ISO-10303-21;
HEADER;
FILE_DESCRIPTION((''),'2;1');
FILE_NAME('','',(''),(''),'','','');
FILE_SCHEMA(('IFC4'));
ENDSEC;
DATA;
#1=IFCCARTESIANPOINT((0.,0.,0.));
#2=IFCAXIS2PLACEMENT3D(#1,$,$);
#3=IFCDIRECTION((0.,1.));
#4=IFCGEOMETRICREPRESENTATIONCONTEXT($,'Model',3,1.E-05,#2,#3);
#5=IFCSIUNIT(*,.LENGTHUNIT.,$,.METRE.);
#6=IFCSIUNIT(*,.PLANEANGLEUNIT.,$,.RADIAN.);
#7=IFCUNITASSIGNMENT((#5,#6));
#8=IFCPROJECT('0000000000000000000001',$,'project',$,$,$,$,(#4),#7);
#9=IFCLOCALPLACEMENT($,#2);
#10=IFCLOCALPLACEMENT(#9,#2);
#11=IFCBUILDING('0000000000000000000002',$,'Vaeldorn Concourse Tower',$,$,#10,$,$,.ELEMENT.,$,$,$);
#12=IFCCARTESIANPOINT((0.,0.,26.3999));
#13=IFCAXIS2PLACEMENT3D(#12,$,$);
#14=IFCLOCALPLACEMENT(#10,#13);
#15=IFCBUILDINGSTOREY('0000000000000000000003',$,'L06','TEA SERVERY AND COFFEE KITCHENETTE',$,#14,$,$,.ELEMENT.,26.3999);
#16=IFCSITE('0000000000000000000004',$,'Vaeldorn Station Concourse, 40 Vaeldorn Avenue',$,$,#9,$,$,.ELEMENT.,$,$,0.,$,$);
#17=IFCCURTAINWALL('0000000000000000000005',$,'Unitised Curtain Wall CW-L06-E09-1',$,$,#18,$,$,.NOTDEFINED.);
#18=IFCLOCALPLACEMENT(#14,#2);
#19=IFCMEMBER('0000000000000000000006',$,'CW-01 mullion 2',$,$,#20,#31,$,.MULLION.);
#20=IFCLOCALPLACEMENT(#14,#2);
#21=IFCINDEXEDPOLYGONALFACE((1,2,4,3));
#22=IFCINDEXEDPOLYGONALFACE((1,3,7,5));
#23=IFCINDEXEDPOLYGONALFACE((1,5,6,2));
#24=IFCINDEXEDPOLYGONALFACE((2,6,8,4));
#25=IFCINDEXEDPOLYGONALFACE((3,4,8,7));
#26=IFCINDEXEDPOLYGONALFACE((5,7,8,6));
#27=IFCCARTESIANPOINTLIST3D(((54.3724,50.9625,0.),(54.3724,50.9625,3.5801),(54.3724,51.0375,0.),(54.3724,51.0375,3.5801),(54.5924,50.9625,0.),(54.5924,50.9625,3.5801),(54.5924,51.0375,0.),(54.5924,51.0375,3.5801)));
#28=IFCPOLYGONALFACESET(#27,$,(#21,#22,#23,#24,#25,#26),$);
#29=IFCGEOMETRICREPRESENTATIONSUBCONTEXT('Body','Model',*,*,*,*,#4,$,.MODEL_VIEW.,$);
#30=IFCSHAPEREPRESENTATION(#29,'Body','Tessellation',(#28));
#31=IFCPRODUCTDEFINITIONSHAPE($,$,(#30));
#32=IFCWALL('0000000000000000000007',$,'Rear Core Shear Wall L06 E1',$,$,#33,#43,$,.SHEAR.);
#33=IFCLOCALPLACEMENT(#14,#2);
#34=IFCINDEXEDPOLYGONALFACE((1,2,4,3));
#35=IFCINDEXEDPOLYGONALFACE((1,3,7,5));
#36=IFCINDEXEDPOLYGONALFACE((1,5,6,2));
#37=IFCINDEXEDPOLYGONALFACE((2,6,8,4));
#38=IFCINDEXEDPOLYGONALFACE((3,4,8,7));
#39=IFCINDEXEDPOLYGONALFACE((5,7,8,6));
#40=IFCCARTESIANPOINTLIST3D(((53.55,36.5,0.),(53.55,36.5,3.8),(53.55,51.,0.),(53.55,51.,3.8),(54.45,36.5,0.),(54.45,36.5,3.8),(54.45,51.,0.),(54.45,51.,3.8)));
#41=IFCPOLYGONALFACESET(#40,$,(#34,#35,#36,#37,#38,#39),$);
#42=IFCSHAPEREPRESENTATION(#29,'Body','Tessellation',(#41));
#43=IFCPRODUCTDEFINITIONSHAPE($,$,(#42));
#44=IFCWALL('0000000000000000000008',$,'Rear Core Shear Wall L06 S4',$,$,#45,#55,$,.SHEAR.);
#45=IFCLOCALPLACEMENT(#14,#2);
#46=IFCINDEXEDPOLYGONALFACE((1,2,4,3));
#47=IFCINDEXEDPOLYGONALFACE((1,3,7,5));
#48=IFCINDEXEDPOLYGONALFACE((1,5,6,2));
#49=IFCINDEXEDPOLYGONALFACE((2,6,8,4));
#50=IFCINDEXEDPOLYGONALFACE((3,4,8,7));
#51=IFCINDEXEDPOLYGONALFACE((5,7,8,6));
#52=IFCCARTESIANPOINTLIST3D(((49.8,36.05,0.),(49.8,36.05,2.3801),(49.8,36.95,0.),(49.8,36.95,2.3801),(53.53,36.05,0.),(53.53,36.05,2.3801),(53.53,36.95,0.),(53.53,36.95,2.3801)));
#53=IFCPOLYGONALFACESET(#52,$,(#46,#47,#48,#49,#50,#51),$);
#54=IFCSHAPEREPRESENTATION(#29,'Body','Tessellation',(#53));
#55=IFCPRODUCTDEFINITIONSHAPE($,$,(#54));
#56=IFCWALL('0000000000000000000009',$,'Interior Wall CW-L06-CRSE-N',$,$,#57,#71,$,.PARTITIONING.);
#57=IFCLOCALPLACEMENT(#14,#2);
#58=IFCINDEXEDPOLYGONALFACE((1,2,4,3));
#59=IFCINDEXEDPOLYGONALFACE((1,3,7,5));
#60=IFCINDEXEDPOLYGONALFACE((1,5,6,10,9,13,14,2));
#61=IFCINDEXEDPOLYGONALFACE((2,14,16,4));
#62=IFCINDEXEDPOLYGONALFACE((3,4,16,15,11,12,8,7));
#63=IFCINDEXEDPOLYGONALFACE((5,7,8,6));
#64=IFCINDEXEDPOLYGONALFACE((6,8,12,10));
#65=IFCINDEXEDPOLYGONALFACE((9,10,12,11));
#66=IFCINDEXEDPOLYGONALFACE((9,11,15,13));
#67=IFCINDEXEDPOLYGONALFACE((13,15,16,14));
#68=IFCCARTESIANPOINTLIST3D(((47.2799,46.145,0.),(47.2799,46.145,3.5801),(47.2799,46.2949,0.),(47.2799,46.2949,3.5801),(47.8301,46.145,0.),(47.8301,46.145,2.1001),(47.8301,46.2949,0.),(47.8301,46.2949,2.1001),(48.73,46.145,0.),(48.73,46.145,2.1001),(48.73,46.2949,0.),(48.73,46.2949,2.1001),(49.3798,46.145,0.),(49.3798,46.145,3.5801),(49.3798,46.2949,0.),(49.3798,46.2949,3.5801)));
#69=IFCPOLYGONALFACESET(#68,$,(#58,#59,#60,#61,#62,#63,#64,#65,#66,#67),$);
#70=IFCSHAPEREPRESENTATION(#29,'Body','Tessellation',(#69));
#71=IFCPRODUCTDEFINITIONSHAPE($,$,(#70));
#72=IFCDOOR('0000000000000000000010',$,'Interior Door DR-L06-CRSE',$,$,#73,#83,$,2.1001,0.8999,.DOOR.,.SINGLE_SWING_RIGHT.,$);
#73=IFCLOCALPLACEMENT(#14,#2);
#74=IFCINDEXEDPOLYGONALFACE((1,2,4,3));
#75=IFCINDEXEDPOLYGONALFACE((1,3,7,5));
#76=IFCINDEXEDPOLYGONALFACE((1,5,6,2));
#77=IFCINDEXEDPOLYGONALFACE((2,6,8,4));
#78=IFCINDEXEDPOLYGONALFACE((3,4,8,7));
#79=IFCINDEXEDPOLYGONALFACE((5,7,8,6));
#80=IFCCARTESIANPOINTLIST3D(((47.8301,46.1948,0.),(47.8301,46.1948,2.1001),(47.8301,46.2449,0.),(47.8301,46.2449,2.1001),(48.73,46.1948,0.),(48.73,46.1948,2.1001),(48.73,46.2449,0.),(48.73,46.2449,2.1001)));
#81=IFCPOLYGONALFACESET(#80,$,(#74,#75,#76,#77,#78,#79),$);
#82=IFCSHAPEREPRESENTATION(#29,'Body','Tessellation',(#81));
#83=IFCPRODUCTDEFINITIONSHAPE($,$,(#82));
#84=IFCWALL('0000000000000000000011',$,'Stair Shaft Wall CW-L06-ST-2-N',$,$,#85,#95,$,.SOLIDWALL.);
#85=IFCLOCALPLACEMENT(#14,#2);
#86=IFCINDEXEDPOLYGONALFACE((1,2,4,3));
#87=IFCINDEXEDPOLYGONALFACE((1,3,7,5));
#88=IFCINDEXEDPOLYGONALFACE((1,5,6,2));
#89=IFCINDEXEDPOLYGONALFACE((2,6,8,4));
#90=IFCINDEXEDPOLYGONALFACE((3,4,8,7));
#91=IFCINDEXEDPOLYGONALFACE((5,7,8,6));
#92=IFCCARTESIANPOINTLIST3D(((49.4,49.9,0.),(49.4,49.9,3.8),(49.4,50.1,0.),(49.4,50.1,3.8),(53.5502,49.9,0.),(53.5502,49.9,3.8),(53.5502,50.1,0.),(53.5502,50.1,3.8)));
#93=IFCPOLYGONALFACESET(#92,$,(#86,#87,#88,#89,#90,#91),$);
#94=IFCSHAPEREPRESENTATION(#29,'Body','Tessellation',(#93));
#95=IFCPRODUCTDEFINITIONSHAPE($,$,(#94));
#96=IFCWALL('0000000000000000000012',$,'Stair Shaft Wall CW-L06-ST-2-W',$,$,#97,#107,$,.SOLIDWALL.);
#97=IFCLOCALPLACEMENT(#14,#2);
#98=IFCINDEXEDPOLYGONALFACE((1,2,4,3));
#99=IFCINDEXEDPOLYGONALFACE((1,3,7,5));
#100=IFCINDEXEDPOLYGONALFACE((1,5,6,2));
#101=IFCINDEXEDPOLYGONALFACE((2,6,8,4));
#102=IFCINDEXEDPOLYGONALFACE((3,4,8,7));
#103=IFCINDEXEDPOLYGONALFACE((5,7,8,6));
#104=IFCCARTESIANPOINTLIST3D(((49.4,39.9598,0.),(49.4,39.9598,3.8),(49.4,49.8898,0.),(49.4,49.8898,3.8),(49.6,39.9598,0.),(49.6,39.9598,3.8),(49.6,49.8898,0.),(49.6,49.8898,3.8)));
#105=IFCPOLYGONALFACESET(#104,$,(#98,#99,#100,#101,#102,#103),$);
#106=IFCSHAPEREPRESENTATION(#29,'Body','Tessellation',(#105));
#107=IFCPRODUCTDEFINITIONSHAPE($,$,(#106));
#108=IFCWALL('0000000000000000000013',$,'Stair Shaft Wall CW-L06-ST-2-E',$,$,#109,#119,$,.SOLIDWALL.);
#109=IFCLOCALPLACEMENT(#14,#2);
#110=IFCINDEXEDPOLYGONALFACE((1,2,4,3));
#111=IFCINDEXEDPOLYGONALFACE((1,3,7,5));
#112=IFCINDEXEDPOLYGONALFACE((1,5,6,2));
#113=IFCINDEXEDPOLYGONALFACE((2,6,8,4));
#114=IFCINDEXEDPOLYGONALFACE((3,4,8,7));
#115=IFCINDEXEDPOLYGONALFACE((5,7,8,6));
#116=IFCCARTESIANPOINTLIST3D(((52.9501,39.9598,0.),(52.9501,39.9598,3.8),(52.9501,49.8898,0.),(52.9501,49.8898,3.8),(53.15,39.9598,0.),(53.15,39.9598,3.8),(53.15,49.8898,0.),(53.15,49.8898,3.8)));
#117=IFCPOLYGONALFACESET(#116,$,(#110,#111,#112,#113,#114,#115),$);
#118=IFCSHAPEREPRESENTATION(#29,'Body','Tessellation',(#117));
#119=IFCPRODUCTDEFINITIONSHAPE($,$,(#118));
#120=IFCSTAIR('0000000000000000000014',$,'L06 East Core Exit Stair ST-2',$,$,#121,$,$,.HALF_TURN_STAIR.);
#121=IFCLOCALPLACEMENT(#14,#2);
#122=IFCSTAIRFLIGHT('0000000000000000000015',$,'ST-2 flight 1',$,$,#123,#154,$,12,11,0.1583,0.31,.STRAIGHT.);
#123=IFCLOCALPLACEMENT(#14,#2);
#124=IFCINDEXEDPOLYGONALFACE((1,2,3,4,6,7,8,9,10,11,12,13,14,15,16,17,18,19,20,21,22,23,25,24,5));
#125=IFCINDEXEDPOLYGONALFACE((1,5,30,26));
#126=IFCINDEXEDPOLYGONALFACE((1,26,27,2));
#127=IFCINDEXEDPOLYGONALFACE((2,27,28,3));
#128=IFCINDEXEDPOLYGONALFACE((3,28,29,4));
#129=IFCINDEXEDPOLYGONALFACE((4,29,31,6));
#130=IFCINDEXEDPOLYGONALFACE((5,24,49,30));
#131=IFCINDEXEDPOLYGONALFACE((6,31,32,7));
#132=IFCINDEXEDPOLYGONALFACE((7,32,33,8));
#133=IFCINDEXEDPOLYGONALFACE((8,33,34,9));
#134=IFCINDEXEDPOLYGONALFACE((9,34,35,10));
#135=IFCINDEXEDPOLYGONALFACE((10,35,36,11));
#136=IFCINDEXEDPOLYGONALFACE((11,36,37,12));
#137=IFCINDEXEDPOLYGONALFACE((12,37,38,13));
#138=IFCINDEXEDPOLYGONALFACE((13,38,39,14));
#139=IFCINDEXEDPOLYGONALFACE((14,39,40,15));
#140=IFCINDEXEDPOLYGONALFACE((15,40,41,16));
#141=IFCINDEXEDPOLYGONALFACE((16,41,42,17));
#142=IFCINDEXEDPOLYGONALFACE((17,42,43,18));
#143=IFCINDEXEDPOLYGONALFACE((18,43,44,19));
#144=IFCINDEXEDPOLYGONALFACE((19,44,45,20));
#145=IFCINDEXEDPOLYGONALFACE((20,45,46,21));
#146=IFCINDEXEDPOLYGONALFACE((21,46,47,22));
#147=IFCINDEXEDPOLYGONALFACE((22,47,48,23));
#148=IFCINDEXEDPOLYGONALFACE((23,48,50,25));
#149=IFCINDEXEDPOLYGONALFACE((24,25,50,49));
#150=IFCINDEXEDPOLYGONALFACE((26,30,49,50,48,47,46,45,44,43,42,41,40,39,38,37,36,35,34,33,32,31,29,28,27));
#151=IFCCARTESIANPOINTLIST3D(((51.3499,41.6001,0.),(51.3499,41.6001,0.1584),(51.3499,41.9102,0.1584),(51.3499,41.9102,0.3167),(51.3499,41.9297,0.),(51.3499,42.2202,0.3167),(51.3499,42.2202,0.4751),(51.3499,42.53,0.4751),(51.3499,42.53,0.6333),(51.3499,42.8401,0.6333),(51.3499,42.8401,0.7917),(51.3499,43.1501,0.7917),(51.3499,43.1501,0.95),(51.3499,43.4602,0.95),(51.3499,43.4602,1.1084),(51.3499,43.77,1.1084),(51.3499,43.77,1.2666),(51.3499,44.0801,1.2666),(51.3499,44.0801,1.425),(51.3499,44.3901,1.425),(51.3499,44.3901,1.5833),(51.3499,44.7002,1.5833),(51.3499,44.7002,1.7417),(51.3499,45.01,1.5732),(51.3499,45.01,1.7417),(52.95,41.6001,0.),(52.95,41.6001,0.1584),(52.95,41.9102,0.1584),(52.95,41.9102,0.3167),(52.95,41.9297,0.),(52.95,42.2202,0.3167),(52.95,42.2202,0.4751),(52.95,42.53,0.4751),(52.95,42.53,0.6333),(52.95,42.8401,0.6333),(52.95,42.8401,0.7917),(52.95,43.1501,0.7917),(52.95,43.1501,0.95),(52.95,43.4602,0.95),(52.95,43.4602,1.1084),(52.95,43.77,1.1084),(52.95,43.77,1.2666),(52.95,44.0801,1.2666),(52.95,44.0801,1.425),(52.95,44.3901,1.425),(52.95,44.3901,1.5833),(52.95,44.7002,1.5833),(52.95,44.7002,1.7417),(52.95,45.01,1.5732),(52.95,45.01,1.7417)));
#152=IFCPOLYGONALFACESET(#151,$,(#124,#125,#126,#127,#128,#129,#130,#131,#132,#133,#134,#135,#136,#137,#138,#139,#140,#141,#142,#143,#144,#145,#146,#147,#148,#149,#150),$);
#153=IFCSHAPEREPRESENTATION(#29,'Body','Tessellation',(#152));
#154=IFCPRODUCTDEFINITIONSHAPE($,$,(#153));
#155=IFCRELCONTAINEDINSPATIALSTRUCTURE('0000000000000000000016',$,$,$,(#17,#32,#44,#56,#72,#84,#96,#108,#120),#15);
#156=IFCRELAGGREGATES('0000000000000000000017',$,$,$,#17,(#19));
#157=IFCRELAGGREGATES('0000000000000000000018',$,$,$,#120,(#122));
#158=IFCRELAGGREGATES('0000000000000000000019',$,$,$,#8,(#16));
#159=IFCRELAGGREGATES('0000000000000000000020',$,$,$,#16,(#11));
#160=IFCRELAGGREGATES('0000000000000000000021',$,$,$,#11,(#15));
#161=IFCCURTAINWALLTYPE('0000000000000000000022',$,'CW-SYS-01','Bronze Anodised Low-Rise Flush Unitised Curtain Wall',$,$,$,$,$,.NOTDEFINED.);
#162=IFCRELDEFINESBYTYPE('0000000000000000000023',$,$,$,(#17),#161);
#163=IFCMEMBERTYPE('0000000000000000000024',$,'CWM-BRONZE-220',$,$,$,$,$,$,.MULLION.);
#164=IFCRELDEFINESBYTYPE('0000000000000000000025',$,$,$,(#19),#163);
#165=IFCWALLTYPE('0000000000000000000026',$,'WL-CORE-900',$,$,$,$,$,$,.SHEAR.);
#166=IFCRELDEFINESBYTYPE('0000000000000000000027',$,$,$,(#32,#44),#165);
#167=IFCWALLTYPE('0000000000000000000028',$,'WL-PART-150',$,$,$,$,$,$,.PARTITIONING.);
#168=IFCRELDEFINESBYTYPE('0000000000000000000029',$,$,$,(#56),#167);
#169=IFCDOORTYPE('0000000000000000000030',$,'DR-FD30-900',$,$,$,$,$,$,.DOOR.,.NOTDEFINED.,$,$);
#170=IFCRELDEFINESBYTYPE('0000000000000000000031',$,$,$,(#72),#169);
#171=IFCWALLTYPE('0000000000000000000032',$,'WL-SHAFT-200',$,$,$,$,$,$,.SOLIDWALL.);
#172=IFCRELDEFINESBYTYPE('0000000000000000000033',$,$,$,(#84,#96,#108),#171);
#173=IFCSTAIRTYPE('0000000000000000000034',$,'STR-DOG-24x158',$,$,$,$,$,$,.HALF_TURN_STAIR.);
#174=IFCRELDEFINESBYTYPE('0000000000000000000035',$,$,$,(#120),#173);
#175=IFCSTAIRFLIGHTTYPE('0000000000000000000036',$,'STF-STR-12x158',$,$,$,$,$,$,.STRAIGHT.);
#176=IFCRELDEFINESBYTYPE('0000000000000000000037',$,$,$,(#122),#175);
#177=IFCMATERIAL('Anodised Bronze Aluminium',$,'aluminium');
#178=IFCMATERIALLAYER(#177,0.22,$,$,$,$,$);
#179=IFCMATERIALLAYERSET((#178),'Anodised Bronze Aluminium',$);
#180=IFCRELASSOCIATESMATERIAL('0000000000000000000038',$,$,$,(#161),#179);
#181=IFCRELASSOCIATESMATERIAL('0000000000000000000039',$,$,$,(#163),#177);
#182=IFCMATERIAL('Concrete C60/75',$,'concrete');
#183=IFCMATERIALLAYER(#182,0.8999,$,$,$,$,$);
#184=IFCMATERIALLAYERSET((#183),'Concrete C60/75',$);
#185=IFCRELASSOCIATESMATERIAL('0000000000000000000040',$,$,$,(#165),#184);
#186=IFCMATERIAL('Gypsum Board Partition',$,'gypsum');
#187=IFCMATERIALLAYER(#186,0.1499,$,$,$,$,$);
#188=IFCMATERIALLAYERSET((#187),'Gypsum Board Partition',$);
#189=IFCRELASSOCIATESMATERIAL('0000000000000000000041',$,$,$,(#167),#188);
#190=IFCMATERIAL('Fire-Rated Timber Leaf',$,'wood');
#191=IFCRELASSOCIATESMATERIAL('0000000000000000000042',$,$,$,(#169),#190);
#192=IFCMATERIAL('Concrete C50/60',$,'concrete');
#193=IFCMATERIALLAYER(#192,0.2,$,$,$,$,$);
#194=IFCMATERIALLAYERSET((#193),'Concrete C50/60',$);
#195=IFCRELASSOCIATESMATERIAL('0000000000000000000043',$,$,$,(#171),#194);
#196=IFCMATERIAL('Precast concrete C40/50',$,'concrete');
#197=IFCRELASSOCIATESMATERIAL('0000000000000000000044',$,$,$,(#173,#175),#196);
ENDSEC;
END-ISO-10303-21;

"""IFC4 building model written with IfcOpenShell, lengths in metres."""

from ifc_helpers import new_model, si_unit, direction, frame, frame_2d, origin, origin_2d, place, context, subcontext, project, spatial, polyline, rectangle, outline, extrude, source, transform, mapped, material, layer, layer_set, material_profile, profile_set, type_object, element, fill, aggregate, save


model = new_model("IFC4")

# Units and contexts
model_context = context("Model", 3, precision=1e-05, world=origin(), true_north=direction((0.0, 1.0)))
body_context = subcontext(model_context, "Body", "Model", "MODEL_VIEW")
ifc_project = project(units=[si_unit("LENGTHUNIT", "METRE"), si_unit("PLANEANGLEUNIT", "RADIAN")], contexts=[model_context])

# Site, building, storey
site_placement = place(None, origin())
site = spatial("IfcSite", under=ifc_project, at=site_placement, Name="Vaeldorn Station Concourse, 40 Vaeldorn Avenue", CompositionType="ELEMENT", RefElevation=0.0)
building_placement = place(site_placement, origin())
building = spatial("IfcBuilding", under=site, at=building_placement, Name="Vaeldorn Concourse Tower", CompositionType="ELEMENT")
storey_placement = place(building_placement, frame((0.0, 0.0, 26.3999)))
storey = spatial("IfcBuildingStorey", under=building, at=storey_placement, Name="L06", Description="TEA SERVERY AND COFFEE KITCHENETTE", CompositionType="ELEMENT", Elevation=26.3999)

# Shared definitions
ifc_material_1 = material(Name="Concrete C60/75", Category="concrete")

# Curtain wall, member
ifc_material_2 = material(Name="Anodised Bronze Aluminium", Category="aluminium")
ifc_layer_1 = layer(ifc_material_2, 0.22)
ifc_layer_set_1 = layer_set([ifc_layer_1], Name="Anodised Bronze Aluminium")
curtain_wall_type = type_object("IfcCurtainWallType", Name="CW-SYS-01", Description="Bronze Anodised Low-Rise Flush Unitised Curtain Wall", PredefinedType="NOTDEFINED", material=ifc_layer_set_1)
curtain_wall_placement = place(storey_placement, origin())
curtain_wall = element("IfcCurtainWall", 1, at=curtain_wall_placement, inside=storey, type_object=curtain_wall_type, Name="Unitised Curtain Wall CW-L06-E09-1", PredefinedType="NOTDEFINED")
ifc_material_profile_1 = material_profile(ifc_material_2, rectangle(XDim=0.075, YDim=0.22, at=origin_2d()), Name="CWM 75x220")
ifc_profile_set_1 = profile_set([ifc_material_profile_1], Name="Anodised Bronze Aluminium")
member_type = type_object("IfcMemberType", Name="CWM-BRONZE-220", PredefinedType="MULLION", material=ifc_profile_set_1)
shared_shape_1 = source(origin(), body_context, "Body", "SweptSolid", [
    extrude(rectangle(XDim=0.075, YDim=0.22, at=origin_2d()), origin(), (0.0, 0.0, 1.0), 3.5801),
])
member_placement = place(storey_placement, frame((54.4824, 51.0, 0.0), z_axis=(0.0, 0.0, 1.0), x_axis=(0.0, -1.0, 0.0)))
member = element("IfcMember", 2, at=member_placement, type_object=member_type, Name="CW-01 mullion 2", PredefinedType="MULLION", context=body_context, shape_type="MappedRepresentation", body=[
    mapped(shared_shape_1, transform((0.0, 0.0, 0.0), scale=1.0)),
])
aggregate(curtain_wall, [member])

# Walls
ifc_layer_2 = layer(ifc_material_1, 0.8999)
ifc_layer_set_2 = layer_set([ifc_layer_2], Name="Concrete C60/75")
wall_type_1 = type_object("IfcWallType", Name="WL-CORE-900", PredefinedType="SHEAR", material=ifc_layer_set_2)
wall_1_placement = place(storey_placement, frame((54.0, 36.5, 0.0), z_axis=(0.0, 0.0, 1.0), x_axis=(0.0, 1.0, 0.0)))
element("IfcWall", 3, at=wall_1_placement, inside=storey, type_object=wall_type_1, Name="Rear Core Shear Wall L06 E1", PredefinedType="SHEAR", context=body_context, shape_type="SweptSolid", body=[
    extrude(rectangle(XDim=14.5, YDim=0.8999, at=frame_2d((7.25, 0.0))), origin(), (0.0, 0.0, 1.0), 3.8),
])
wall_2_placement = place(storey_placement, frame((49.8, 36.5, 0.0), z_axis=(0.0, 0.0, 1.0), x_axis=(1.0, 0.0, 0.0)))
element("IfcWall", 4, at=wall_2_placement, inside=storey, type_object=wall_type_1, Name="Rear Core Shear Wall L06 S4", PredefinedType="SHEAR", context=body_context, shape_type="SweptSolid", body=[
    extrude(rectangle(XDim=3.73, YDim=0.8999, at=frame_2d((1.865, 0.0))), origin(), (0.0, 0.0, 1.0), 2.3801),
])

# Wall, opening, door
ifc_material_3 = material(Name="Gypsum Board Partition", Category="gypsum")
ifc_layer_3 = layer(ifc_material_3, 0.1499)
ifc_layer_set_3 = layer_set([ifc_layer_3], Name="Gypsum Board Partition")
wall_type_2 = type_object("IfcWallType", Name="WL-PART-150", PredefinedType="PARTITIONING", material=ifc_layer_set_3)
wall_3_placement = place(storey_placement, frame((47.28, 46.22, 0.0), z_axis=(0.0, 0.0, 1.0), x_axis=(1.0, 0.0, 0.0)))
wall_3 = element("IfcWall", 5, at=wall_3_placement, inside=storey, type_object=wall_type_2, Name="Interior Wall CW-L06-CRSE-N", PredefinedType="PARTITIONING", context=body_context, shape_type="SweptSolid", body=[
    extrude(rectangle(XDim=2.0999, YDim=0.1499, at=frame_2d((1.0498, 0.0))), origin(), (0.0, 0.0, 1.0), 3.5801),
])
opening_1_placement = place(wall_3_placement, frame((0.55, 0.0, 0.0)))
opening_1 = element("IfcOpeningElement", 6, at=opening_1_placement, cuts=wall_3, PredefinedType="OPENING", context=body_context, shape_type="SweptSolid", body=[
    extrude(rectangle(XDim=0.8999, YDim=2.1001, at=frame_2d((0.45, 1.05))), frame((0.0, 0.085, 0.0), z_axis=(0.0, -1.0, 0.0), x_axis=(1.0, 0.0, 0.0)), (0.0, 0.0, 1.0), 0.1699),
])
ifc_material_4 = material(Name="Fire-Rated Timber Leaf", Category="wood")
door_type_1 = type_object("IfcDoorType", Name="DR-FD30-900", OperationType="NOTDEFINED", PredefinedType="DOOR", material=ifc_material_4)
shared_shape_2 = source(origin(), body_context, "Body", "SweptSolid", [
    extrude(rectangle(XDim=0.8999, YDim=2.1001, at=frame_2d((0.45, 1.05))), frame((0.0, 0.0249, 0.0), z_axis=(0.0, -1.0, 0.0), x_axis=(1.0, 0.0, 0.0)), (0.0, 0.0, 1.0), 0.05),
])
door_1_placement = place(opening_1_placement, origin())
door_1 = element("IfcDoor", 7, at=door_1_placement, inside=storey, type_object=door_type_1, Name="Interior Door DR-L06-CRSE", OperationType="SINGLE_SWING_RIGHT", OverallHeight=2.1001, OverallWidth=0.8999, PredefinedType="DOOR", context=body_context, shape_type="MappedRepresentation", body=[
    mapped(shared_shape_2, transform((0.0, 0.0, 0.0), scale=1.0)),
])
fill(opening_1, door_1)
ifc_material_5 = material(Name="Concrete C50/60", Category="concrete")
ifc_layer_4 = layer(ifc_material_5, 0.2)
ifc_layer_set_4 = layer_set([ifc_layer_4], Name="Concrete C50/60")
wall_type_3 = type_object("IfcWallType", Name="WL-SHAFT-200", PredefinedType="SOLIDWALL", material=ifc_layer_set_4)

# Walls
wall_4_placement = place(storey_placement, frame((49.3999, 50.0, 0.0), z_axis=(0.0, 0.0, 1.0), x_axis=(1.0, 0.0, 0.0)))
element("IfcWall", 8, at=wall_4_placement, inside=storey, type_object=wall_type_3, Name="Stair Shaft Wall CW-L06-ST-2-N", PredefinedType="SOLIDWALL", context=body_context, shape_type="SweptSolid", body=[
    extrude(rectangle(XDim=4.1501, YDim=0.2, at=frame_2d((2.0752, 0.0))), origin(), (0.0, 0.0, 1.0), 3.8),
])
for number, where, z_axis, x_axis, name in (
    (9, (49.5, 39.96, 0.0), (0.0, 0.0, 1.0), (0.0, 1.0, 0.0), "Stair Shaft Wall CW-L06-ST-2-W"),
    (10, (53.05, 39.96, 0.0), (0.0, 0.0, 1.0), (0.0, 1.0, 0.0), "Stair Shaft Wall CW-L06-ST-2-E"),
):
    element("IfcWall", number, at=place(storey_placement, frame(where, z_axis=z_axis, x_axis=x_axis)), inside=storey, type_object=wall_type_3, Name=name, PredefinedType="SOLIDWALL", context=body_context, shape_type="SweptSolid", body=[
        extrude(rectangle(XDim=9.9299, YDim=0.2, at=frame_2d((4.9648, 0.0))), origin(), (0.0, 0.0, 1.0), 3.8),
    ])

# Stair, stair flight
ifc_material_6 = material(Name="Precast concrete C40/50", Category="concrete")
stair_type = type_object("IfcStairType", Name="STR-DOG-24x158", PredefinedType="HALF_TURN_STAIR", material=ifc_material_6)
stair_placement = place(storey_placement, origin())
stair = element("IfcStair", 11, at=stair_placement, inside=storey, type_object=stair_type, Name="L06 East Core Exit Stair ST-2", PredefinedType="HALF_TURN_STAIR")
stair_flight_type = type_object("IfcStairFlightType", Name="STF-STR-12x158", PredefinedType="STRAIGHT", material=ifc_material_6)
stair_flight_1_placement = place(storey_placement, frame((52.1499, 41.6001, 0.0), z_axis=(0.0, 0.0, 1.0), x_axis=(0.0, 1.0, 0.0)))
stair_flight_1 = element("IfcStairFlight", 12, at=stair_flight_1_placement, type_object=stair_flight_type, Name="ST-2 flight 1", NumberOfRisers=12, NumberOfTreads=11, PredefinedType="STRAIGHT", RiserHeight=0.1583, TreadLength=0.31, context=body_context, shape_type="SweptSolid", body=[
    extrude(outline(polyline([(0.0, 0.0), (0.0, 0.1584), (0.3101, 0.1584), (0.3101, 0.3167), (0.6201, 0.3167), (0.6201, 0.4751), (0.9299, 0.4751), (0.9299, 0.6333), (1.24, 0.6333), (1.24, 0.7917), (1.55, 0.7917), (1.55, 0.95), (1.8601, 0.95), (1.8601, 1.1084), (2.1699, 1.1084), (2.1699, 1.2666), (2.48, 1.2666), (2.48, 1.425), (2.79, 1.425), (2.79, 1.5833), (3.1001, 1.5833), (3.1001, 1.7417), (3.4099, 1.7417), (3.4099, 1.8999), (3.4099, 1.5732), (0.3296, 0.0), (0.0, 0.0)])), frame((0.0, 0.8, 0.0), z_axis=(0.0, -1.0, 0.0), x_axis=(1.0, 0.0, 0.0)), (0.0, 0.0, 1.0), 1.6001),
])
aggregate(stair, [stair_flight_1])

save(model, "model.ifc")
